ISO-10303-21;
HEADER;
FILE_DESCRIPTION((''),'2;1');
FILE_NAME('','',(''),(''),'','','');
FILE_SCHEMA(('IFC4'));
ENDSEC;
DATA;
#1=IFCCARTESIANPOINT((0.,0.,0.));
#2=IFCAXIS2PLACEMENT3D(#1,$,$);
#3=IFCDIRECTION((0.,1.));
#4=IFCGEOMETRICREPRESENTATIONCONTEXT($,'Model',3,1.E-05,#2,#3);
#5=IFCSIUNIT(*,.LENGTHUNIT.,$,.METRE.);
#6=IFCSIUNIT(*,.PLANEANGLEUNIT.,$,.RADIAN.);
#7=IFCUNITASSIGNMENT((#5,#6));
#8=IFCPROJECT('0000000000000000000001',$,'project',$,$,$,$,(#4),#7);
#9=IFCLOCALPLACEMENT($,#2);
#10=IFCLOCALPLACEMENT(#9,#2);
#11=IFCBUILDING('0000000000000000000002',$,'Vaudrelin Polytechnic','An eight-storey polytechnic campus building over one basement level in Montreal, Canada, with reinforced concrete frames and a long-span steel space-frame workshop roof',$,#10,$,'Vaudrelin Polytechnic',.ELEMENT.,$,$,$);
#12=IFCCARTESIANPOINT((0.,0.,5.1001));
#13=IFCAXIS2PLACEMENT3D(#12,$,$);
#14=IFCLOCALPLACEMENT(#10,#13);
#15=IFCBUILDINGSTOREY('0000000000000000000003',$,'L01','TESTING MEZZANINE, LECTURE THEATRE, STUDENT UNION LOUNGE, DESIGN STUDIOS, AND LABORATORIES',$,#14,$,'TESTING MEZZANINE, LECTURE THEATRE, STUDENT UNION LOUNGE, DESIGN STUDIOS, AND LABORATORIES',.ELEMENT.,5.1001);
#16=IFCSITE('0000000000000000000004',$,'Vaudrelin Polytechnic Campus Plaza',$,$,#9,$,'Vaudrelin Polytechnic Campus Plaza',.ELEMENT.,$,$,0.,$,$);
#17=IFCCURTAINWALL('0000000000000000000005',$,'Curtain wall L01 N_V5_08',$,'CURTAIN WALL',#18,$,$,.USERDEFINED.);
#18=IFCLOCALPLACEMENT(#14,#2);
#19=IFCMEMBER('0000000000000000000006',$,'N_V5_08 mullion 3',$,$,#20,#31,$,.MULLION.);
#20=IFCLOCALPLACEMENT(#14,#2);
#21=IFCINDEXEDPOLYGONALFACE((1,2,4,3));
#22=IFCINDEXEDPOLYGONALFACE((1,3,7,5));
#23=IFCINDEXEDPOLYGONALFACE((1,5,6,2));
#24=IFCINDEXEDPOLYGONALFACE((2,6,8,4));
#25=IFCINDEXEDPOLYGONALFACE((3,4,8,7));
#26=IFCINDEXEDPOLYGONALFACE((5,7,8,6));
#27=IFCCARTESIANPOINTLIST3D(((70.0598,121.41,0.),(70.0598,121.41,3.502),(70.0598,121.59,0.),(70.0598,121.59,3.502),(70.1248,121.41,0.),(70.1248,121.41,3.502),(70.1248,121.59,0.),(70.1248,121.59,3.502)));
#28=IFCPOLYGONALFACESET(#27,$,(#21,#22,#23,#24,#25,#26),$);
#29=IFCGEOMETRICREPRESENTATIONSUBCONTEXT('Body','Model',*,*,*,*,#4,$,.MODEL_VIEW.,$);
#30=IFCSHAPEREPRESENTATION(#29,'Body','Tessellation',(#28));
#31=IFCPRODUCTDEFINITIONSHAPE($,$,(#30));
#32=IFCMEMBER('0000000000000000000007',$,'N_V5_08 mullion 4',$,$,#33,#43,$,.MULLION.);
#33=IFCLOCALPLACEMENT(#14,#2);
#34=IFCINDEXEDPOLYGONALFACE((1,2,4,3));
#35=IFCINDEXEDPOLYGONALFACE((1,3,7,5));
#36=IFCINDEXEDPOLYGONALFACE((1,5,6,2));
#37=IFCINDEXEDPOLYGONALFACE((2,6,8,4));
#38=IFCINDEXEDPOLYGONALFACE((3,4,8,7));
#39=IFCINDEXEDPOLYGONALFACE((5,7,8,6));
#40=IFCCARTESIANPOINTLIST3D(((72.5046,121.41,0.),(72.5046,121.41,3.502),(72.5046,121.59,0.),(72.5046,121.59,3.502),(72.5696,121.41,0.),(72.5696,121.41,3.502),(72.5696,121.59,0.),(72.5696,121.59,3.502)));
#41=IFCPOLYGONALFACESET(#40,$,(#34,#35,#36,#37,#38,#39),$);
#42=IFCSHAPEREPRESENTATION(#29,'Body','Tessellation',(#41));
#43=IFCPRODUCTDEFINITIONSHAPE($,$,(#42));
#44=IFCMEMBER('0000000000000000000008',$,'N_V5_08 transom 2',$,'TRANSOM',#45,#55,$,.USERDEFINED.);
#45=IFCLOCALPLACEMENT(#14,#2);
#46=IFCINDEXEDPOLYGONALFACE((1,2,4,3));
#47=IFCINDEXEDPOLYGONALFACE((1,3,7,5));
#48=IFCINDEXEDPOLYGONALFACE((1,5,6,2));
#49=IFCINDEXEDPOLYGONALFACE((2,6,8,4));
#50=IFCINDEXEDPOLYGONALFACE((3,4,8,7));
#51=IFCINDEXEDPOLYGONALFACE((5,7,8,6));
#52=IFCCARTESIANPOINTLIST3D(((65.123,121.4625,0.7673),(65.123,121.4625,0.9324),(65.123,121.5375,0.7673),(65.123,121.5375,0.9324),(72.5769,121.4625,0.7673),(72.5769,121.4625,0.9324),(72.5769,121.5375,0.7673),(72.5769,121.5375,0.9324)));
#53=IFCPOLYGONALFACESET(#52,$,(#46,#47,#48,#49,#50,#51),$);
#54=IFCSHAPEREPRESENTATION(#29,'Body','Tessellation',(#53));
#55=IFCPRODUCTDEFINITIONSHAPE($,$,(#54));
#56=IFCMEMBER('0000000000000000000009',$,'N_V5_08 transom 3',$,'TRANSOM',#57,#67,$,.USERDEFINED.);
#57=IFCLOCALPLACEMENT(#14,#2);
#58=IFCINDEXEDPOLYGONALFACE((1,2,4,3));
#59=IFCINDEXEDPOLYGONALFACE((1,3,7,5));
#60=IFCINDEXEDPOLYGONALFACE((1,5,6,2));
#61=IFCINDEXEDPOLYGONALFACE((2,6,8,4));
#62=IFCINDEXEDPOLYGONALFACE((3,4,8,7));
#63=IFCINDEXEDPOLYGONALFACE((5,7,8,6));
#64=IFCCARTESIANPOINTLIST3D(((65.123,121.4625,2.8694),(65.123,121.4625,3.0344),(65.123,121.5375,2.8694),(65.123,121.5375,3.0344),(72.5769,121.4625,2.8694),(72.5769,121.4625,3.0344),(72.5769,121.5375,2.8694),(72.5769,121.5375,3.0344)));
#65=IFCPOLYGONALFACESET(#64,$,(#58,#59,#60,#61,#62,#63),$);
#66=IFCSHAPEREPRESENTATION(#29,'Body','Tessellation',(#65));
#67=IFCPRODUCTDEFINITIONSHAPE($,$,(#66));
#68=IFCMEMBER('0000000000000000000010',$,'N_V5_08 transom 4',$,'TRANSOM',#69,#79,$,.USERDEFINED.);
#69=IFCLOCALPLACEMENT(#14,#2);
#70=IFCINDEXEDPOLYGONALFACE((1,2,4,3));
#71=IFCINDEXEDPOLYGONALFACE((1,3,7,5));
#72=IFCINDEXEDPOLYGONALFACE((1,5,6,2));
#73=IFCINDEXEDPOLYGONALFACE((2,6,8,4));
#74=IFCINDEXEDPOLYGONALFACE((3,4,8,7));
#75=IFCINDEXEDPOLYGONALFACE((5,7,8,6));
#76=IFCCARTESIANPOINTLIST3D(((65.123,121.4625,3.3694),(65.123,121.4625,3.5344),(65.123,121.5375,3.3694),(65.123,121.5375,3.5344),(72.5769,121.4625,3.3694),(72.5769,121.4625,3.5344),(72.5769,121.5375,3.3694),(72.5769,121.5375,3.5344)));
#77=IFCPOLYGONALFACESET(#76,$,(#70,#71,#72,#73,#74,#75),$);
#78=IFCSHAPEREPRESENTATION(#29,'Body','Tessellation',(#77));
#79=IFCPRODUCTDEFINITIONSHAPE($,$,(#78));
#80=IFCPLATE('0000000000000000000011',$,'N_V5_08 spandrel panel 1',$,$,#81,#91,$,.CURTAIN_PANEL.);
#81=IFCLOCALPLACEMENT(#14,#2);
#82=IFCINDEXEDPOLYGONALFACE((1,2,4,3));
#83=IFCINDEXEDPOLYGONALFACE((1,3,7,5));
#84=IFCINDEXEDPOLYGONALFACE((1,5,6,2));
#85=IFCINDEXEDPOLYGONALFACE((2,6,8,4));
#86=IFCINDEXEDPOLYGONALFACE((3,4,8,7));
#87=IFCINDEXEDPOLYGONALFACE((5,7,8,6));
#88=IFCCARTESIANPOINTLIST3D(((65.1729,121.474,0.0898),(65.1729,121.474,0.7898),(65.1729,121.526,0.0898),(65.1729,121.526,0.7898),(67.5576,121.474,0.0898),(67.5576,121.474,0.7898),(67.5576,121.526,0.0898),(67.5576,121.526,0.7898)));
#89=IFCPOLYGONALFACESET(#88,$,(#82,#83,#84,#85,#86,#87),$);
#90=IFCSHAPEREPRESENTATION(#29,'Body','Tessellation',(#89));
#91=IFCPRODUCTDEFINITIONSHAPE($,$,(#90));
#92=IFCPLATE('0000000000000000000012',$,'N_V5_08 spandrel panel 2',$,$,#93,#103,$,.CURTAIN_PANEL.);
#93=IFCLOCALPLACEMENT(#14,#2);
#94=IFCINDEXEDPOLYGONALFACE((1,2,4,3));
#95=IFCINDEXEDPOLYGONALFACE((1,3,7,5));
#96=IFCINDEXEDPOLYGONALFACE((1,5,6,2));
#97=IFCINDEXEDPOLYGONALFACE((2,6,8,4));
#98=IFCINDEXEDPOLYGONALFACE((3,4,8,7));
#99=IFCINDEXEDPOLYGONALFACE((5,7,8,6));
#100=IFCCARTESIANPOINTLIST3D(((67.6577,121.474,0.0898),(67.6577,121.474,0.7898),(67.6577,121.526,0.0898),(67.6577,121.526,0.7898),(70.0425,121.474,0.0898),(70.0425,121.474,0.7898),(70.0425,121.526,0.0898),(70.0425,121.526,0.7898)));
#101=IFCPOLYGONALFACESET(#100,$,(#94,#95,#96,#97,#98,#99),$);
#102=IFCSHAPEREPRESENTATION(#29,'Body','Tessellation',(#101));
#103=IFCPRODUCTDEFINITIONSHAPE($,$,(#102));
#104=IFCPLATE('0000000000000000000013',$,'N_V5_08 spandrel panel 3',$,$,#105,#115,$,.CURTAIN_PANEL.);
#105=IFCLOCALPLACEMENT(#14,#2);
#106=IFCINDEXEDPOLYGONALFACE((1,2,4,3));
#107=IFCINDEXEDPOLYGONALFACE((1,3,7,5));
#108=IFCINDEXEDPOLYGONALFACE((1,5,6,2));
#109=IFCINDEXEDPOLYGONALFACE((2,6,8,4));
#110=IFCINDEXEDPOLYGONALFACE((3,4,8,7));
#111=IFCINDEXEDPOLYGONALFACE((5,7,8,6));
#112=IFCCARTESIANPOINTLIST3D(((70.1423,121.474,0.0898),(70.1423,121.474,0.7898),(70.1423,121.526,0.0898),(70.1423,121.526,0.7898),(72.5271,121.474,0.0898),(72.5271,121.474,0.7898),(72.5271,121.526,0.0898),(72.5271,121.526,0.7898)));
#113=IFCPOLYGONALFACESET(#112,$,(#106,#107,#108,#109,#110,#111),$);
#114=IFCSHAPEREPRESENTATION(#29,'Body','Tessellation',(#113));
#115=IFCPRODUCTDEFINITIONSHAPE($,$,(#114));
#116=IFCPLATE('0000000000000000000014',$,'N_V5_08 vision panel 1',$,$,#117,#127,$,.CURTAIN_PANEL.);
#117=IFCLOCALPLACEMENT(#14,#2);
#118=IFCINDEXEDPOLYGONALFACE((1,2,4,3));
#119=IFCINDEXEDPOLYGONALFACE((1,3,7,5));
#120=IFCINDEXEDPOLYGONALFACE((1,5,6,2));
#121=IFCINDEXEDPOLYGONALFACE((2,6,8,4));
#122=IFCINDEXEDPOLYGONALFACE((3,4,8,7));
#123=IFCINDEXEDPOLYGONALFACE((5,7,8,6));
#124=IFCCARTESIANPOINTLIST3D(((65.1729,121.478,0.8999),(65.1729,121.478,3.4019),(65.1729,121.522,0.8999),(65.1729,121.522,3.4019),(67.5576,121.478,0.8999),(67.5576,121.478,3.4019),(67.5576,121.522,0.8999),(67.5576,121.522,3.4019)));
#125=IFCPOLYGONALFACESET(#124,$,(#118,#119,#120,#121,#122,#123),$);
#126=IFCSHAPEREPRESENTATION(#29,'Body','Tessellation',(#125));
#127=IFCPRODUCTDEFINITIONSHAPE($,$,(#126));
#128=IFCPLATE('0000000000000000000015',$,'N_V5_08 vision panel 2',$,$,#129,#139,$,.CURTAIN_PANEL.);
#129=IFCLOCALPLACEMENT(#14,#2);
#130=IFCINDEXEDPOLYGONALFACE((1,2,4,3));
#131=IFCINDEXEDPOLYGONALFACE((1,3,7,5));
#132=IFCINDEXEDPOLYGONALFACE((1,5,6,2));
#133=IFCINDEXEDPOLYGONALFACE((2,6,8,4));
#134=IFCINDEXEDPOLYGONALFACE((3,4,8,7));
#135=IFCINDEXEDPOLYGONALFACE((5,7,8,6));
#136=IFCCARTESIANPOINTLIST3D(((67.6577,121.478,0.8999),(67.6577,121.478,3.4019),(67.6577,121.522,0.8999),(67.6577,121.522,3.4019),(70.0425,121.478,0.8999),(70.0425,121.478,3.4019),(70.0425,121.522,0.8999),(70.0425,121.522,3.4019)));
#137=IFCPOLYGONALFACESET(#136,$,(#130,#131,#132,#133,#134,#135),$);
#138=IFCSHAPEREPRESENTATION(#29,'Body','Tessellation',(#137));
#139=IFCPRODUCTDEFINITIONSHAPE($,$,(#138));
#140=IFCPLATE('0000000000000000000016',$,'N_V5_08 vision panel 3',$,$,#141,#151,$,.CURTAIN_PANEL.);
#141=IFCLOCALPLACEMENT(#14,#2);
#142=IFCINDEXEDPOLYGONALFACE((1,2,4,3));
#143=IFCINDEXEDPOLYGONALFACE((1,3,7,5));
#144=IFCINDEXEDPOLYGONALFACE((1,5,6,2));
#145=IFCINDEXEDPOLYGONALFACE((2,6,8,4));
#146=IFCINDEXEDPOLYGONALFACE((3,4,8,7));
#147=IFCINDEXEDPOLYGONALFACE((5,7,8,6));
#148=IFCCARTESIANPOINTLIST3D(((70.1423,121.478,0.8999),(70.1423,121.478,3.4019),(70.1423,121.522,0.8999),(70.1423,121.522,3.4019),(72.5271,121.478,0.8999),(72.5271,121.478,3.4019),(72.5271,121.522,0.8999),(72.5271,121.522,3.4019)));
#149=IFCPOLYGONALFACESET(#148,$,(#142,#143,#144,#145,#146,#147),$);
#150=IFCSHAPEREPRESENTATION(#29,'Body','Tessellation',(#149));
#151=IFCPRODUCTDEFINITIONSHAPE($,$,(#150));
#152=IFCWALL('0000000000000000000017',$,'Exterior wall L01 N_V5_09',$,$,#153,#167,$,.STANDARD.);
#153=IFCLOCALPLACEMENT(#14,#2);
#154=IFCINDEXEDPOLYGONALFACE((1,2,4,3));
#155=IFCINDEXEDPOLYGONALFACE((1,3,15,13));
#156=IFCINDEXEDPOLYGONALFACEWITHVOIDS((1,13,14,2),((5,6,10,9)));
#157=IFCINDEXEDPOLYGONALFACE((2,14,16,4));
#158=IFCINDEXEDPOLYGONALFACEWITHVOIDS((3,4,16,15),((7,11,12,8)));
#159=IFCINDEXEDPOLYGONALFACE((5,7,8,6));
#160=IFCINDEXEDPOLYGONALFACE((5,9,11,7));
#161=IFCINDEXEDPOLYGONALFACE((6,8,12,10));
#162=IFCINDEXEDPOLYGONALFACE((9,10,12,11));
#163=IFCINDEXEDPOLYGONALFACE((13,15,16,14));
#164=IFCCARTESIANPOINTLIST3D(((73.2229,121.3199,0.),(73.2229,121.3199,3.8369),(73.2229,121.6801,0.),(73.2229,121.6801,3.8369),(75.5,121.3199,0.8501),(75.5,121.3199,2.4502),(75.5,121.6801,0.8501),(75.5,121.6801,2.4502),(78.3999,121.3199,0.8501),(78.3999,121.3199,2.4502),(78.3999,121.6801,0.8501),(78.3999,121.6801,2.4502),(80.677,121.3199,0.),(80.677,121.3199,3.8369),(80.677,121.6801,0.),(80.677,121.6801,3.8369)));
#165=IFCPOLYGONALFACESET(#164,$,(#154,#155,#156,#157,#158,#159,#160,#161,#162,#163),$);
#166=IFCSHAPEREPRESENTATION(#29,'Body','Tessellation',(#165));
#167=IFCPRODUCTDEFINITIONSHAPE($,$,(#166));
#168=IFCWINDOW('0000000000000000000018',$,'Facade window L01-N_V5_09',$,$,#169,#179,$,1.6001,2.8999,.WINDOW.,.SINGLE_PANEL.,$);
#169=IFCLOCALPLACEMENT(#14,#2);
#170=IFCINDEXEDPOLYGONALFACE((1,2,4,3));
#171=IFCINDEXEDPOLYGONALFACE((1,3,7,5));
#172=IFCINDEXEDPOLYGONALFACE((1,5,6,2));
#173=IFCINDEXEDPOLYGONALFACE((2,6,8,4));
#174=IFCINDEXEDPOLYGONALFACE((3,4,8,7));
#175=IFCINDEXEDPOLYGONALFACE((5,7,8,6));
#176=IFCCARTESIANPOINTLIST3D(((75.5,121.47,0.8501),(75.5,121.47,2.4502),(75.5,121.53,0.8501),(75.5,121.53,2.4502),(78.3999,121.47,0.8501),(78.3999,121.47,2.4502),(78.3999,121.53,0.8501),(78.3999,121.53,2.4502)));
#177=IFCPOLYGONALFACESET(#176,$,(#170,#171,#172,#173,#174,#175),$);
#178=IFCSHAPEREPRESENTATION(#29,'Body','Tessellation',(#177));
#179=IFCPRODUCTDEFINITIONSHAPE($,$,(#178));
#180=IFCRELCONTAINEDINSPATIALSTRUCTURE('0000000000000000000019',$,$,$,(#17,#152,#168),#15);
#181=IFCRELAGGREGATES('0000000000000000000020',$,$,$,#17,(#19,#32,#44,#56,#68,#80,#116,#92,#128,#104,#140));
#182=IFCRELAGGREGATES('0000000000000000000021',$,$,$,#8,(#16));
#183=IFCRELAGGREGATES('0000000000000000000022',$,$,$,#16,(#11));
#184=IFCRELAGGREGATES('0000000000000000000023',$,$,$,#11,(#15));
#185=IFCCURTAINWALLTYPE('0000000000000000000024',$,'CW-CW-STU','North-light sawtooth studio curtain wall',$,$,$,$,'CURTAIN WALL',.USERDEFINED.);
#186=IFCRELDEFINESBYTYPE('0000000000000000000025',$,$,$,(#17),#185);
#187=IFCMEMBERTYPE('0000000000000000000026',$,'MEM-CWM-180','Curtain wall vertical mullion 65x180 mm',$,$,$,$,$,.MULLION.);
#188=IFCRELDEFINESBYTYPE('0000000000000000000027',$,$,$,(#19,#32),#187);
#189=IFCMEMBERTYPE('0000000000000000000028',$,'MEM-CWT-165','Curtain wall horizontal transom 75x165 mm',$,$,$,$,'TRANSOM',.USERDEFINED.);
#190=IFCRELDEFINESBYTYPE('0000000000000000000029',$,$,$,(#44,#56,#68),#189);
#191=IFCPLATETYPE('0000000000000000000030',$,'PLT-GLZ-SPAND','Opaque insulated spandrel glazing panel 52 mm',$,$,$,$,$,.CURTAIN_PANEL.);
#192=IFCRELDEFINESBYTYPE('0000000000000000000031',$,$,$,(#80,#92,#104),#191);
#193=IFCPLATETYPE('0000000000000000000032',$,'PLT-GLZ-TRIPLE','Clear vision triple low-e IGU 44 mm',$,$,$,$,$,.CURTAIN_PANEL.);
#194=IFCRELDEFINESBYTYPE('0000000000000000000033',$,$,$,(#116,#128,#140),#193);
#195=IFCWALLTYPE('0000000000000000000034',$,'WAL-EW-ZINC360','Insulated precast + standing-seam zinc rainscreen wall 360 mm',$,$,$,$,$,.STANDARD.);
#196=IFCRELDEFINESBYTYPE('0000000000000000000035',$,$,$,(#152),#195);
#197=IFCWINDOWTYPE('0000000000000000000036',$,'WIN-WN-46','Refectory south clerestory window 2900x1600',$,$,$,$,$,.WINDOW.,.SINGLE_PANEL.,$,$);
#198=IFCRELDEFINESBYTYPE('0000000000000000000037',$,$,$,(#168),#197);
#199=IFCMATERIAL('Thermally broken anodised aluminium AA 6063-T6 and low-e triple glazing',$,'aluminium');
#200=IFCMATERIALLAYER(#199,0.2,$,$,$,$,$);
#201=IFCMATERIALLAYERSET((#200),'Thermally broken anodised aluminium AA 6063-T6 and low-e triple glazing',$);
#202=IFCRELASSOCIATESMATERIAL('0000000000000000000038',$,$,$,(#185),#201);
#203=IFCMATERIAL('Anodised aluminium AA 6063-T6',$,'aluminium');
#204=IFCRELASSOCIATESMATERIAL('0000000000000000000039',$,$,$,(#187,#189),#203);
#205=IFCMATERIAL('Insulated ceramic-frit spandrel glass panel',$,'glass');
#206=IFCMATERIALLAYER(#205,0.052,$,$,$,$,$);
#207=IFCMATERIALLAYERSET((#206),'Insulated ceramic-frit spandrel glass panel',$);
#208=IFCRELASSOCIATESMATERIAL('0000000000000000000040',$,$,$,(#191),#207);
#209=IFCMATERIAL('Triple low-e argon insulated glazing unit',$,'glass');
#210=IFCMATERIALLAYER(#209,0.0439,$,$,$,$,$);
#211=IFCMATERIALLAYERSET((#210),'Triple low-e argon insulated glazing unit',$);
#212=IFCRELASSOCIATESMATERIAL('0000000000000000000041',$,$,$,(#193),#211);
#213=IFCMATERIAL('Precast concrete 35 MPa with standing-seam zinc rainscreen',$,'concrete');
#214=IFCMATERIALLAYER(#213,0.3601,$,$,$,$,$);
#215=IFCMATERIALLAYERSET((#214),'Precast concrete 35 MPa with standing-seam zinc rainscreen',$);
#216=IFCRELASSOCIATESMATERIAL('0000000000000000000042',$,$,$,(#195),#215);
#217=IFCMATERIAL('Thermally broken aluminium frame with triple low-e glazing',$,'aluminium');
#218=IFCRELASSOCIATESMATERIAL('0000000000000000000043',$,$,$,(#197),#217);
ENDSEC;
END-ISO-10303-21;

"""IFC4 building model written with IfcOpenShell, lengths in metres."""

from ifc_helpers import new_model, si_unit, direction, frame, frame_2d, origin, origin_2d, place, context, subcontext, project, spatial, rectangle, extrude, material, layer, layer_set, material_profile, profile_set, type_object, element, fill, aggregate, save


model = new_model("IFC4")

# Units and contexts
model_context = context("Model", 3, precision=1e-05, world=origin(), true_north=direction((0.0, 1.0)))
body_context = subcontext(model_context, "Body", "Model", "MODEL_VIEW")
ifc_project = project(units=[si_unit("LENGTHUNIT", "METRE"), si_unit("PLANEANGLEUNIT", "RADIAN")], contexts=[model_context])

# Site, building, storey
site_placement = place(None, origin())
site = spatial("IfcSite", under=ifc_project, at=site_placement, Name="Vaudrelin Polytechnic Campus Plaza", LongName="Vaudrelin Polytechnic Campus Plaza", CompositionType="ELEMENT", RefElevation=0.0)
building_placement = place(site_placement, origin())
building = spatial("IfcBuilding", under=site, at=building_placement, Name="Vaudrelin Polytechnic", Description="An eight-storey polytechnic campus building over one basement level in Montreal, Canada, with reinforced concrete frames and a long-span steel space-frame workshop roof", LongName="Vaudrelin Polytechnic", CompositionType="ELEMENT")
storey_placement = place(building_placement, frame((0.0, 0.0, 5.1001)))
storey = spatial("IfcBuildingStorey", under=building, at=storey_placement, Name="L01", Description="TESTING MEZZANINE, LECTURE THEATRE, STUDENT UNION LOUNGE, DESIGN STUDIOS, AND LABORATORIES", LongName="TESTING MEZZANINE, LECTURE THEATRE, STUDENT UNION LOUNGE, DESIGN STUDIOS, AND LABORATORIES", CompositionType="ELEMENT", Elevation=5.1001)

# Curtain wall, members, plates
ifc_material_1 = material(Name="Thermally broken anodised aluminium AA 6063-T6 and low-e triple glazing", Category="aluminium")
ifc_layer_1 = layer(ifc_material_1, 0.2)
ifc_layer_set_1 = layer_set([ifc_layer_1], Name="Thermally broken anodised aluminium AA 6063-T6 and low-e triple glazing")
curtain_wall_type = type_object("IfcCurtainWallType", Name="CW-CW-STU", Description="North-light sawtooth studio curtain wall", ElementType="CURTAIN WALL", PredefinedType="USERDEFINED", material=ifc_layer_set_1)
curtain_wall_placement = place(storey_placement, origin())
curtain_wall = element("IfcCurtainWall", 1, at=curtain_wall_placement, inside=storey, type_object=curtain_wall_type, Name="Curtain wall L01 N_V5_08", ObjectType="CURTAIN WALL", PredefinedType="USERDEFINED")
ifc_material_2 = material(Name="Anodised aluminium AA 6063-T6", Category="aluminium")
ifc_material_profile_1 = material_profile(ifc_material_2, rectangle(XDim=0.0649, YDim=0.1799, at=origin_2d()), Name="CWM-65x180")
ifc_profile_set_1 = profile_set([ifc_material_profile_1], Name="Anodised aluminium AA 6063-T6")
member_type_1 = type_object("IfcMemberType", Name="MEM-CWM-180", Description="Curtain wall vertical mullion 65x180 mm", PredefinedType="MULLION", material=ifc_profile_set_1)
member_1_placement = place(storey_placement, frame((70.0923, 121.5, 0.0), z_axis=(0.0, 0.0, 1.0), x_axis=(1.0, 0.0, 0.0)))
member_1 = element("IfcMember", 2, at=member_1_placement, type_object=member_type_1, Name="N_V5_08 mullion 3", PredefinedType="MULLION", context=body_context, shape_type="SweptSolid", body=[
    extrude(rectangle(XDim=0.0649, YDim=0.1799, at=origin_2d()), origin(), (0.0, 0.0, 1.0), 3.502),
])
member_2_placement = place(storey_placement, frame((72.5371, 121.5, 0.0), z_axis=(0.0, 0.0, 1.0), x_axis=(1.0, 0.0, 0.0)))
member_2 = element("IfcMember", 3, at=member_2_placement, type_object=member_type_1, Name="N_V5_08 mullion 4", PredefinedType="MULLION", context=body_context, shape_type="SweptSolid", body=[
    extrude(rectangle(XDim=0.0649, YDim=0.1799, at=origin_2d()), origin(), (0.0, 0.0, 1.0), 3.502),
])
ifc_material_profile_2 = material_profile(ifc_material_2, rectangle(XDim=0.075, YDim=0.165, at=origin_2d()), Name="CWT-75x165")
ifc_profile_set_2 = profile_set([ifc_material_profile_2], Name="Anodised aluminium AA 6063-T6")
member_type_2 = type_object("IfcMemberType", Name="MEM-CWT-165", Description="Curtain wall horizontal transom 75x165 mm", ElementType="TRANSOM", PredefinedType="USERDEFINED", material=ifc_profile_set_2)
member_3_placement = place(storey_placement, frame((65.123, 121.5, 0.8499), z_axis=(1.0, 0.0, 0.0), x_axis=(0.0, 1.0, 0.0)))
member_3 = element("IfcMember", 4, at=member_3_placement, type_object=member_type_2, Name="N_V5_08 transom 2", ObjectType="TRANSOM", PredefinedType="USERDEFINED", context=body_context, shape_type="SweptSolid", body=[
    extrude(rectangle(XDim=0.075, YDim=0.165, at=origin_2d()), origin(), (0.0, 0.0, 1.0), 7.4539),
])
member_4_placement = place(storey_placement, frame((65.123, 121.5, 2.9519), z_axis=(1.0, 0.0, 0.0), x_axis=(0.0, 1.0, 0.0)))
member_4 = element("IfcMember", 5, at=member_4_placement, type_object=member_type_2, Name="N_V5_08 transom 3", ObjectType="TRANSOM", PredefinedType="USERDEFINED", context=body_context, shape_type="SweptSolid", body=[
    extrude(rectangle(XDim=0.075, YDim=0.165, at=origin_2d()), origin(), (0.0, 0.0, 1.0), 7.4539),
])
member_5_placement = place(storey_placement, frame((65.123, 121.5, 3.4519), z_axis=(1.0, 0.0, 0.0), x_axis=(0.0, 1.0, 0.0)))
member_5 = element("IfcMember", 6, at=member_5_placement, type_object=member_type_2, Name="N_V5_08 transom 4", ObjectType="TRANSOM", PredefinedType="USERDEFINED", context=body_context, shape_type="SweptSolid", body=[
    extrude(rectangle(XDim=0.075, YDim=0.165, at=origin_2d()), origin(), (0.0, 0.0, 1.0), 7.4539),
])
ifc_material_3 = material(Name="Insulated ceramic-frit spandrel glass panel", Category="glass")
ifc_layer_2 = layer(ifc_material_3, 0.052)
ifc_layer_set_2 = layer_set([ifc_layer_2], Name="Insulated ceramic-frit spandrel glass panel")
plate_type_1 = type_object("IfcPlateType", Name="PLT-GLZ-SPAND", Description="Opaque insulated spandrel glazing panel 52 mm", PredefinedType="CURTAIN_PANEL", material=ifc_layer_set_2)
plate_1_placement = place(storey_placement, frame((66.3652, 121.5, 0.0898), z_axis=(0.0, 0.0, 1.0), x_axis=(1.0, 0.0, 0.0)))
plate_1 = element("IfcPlate", 7, at=plate_1_placement, type_object=plate_type_1, Name="N_V5_08 spandrel panel 1", PredefinedType="CURTAIN_PANEL", context=body_context, shape_type="SweptSolid", body=[
    extrude(rectangle(XDim=2.3848, YDim=0.052, at=origin_2d()), origin(), (0.0, 0.0, 1.0), 0.7),
])
plate_2_placement = place(storey_placement, frame((68.8501, 121.5, 0.0898), z_axis=(0.0, 0.0, 1.0), x_axis=(1.0, 0.0, 0.0)))
plate_2 = element("IfcPlate", 8, at=plate_2_placement, type_object=plate_type_1, Name="N_V5_08 spandrel panel 2", PredefinedType="CURTAIN_PANEL", context=body_context, shape_type="SweptSolid", body=[
    extrude(rectangle(XDim=2.3848, YDim=0.052, at=origin_2d()), origin(), (0.0, 0.0, 1.0), 0.7),
])
plate_3_placement = place(storey_placement, frame((71.3347, 121.5, 0.0898), z_axis=(0.0, 0.0, 1.0), x_axis=(1.0, 0.0, 0.0)))
plate_3 = element("IfcPlate", 9, at=plate_3_placement, type_object=plate_type_1, Name="N_V5_08 spandrel panel 3", PredefinedType="CURTAIN_PANEL", context=body_context, shape_type="SweptSolid", body=[
    extrude(rectangle(XDim=2.3848, YDim=0.052, at=origin_2d()), origin(), (0.0, 0.0, 1.0), 0.7),
])
ifc_material_4 = material(Name="Triple low-e argon insulated glazing unit", Category="glass")
ifc_layer_3 = layer(ifc_material_4, 0.0439)
ifc_layer_set_3 = layer_set([ifc_layer_3], Name="Triple low-e argon insulated glazing unit")
plate_type_2 = type_object("IfcPlateType", Name="PLT-GLZ-TRIPLE", Description="Clear vision triple low-e IGU 44 mm", PredefinedType="CURTAIN_PANEL", material=ifc_layer_set_3)
plate_4_placement = place(storey_placement, frame((66.3652, 121.5, 0.8999), z_axis=(0.0, 0.0, 1.0), x_axis=(1.0, 0.0, 0.0)))
plate_4 = element("IfcPlate", 10, at=plate_4_placement, type_object=plate_type_2, Name="N_V5_08 vision panel 1", PredefinedType="CURTAIN_PANEL", context=body_context, shape_type="SweptSolid", body=[
    extrude(rectangle(XDim=2.3848, YDim=0.0439, at=origin_2d()), origin(), (0.0, 0.0, 1.0), 2.502),
])
plate_5_placement = place(storey_placement, frame((68.8501, 121.5, 0.8999), z_axis=(0.0, 0.0, 1.0), x_axis=(1.0, 0.0, 0.0)))
plate_5 = element("IfcPlate", 11, at=plate_5_placement, type_object=plate_type_2, Name="N_V5_08 vision panel 2", PredefinedType="CURTAIN_PANEL", context=body_context, shape_type="SweptSolid", body=[
    extrude(rectangle(XDim=2.3848, YDim=0.0439, at=origin_2d()), origin(), (0.0, 0.0, 1.0), 2.502),
])
plate_6_placement = place(storey_placement, frame((71.3347, 121.5, 0.8999), z_axis=(0.0, 0.0, 1.0), x_axis=(1.0, 0.0, 0.0)))
plate_6 = element("IfcPlate", 12, at=plate_6_placement, type_object=plate_type_2, Name="N_V5_08 vision panel 3", PredefinedType="CURTAIN_PANEL", context=body_context, shape_type="SweptSolid", body=[
    extrude(rectangle(XDim=2.3848, YDim=0.0439, at=origin_2d()), origin(), (0.0, 0.0, 1.0), 2.502),
])
aggregate(curtain_wall, [member_1, member_2, member_3, member_4, member_5, plate_1, plate_4, plate_2, plate_5, plate_3, plate_6])

# Wall, opening, window
ifc_material_5 = material(Name="Precast concrete 35 MPa with standing-seam zinc rainscreen", Category="concrete")
ifc_layer_4 = layer(ifc_material_5, 0.3601)
ifc_layer_set_4 = layer_set([ifc_layer_4], Name="Precast concrete 35 MPa with standing-seam zinc rainscreen")
wall_type_1 = type_object("IfcWallType", Name="WAL-EW-ZINC360", Description="Insulated precast + standing-seam zinc rainscreen wall 360 mm", PredefinedType="STANDARD", material=ifc_layer_set_4)
wall_1_placement = place(storey_placement, frame((73.2229, 121.5, 0.0), z_axis=(0.0, 0.0, 1.0), x_axis=(1.0, 0.0, 0.0)))
wall_1 = element("IfcWall", 13, at=wall_1_placement, inside=storey, type_object=wall_type_1, Name="Exterior wall L01 N_V5_09", PredefinedType="STANDARD", context=body_context, shape_type="SweptSolid", body=[
    extrude(rectangle(XDim=7.4541, YDim=0.3601, at=frame_2d((3.7271, 0.0))), origin(), (0.0, 0.0, 1.0), 3.8369),
])
opening_1_placement = place(wall_1_placement, frame((2.2771, 0.0, 0.8501)))
opening_1 = element("IfcOpeningElement", 14, at=opening_1_placement, cuts=wall_1, PredefinedType="OPENING", context=body_context, shape_type="SweptSolid", body=[
    extrude(rectangle(XDim=2.8999, YDim=1.6001, at=frame_2d((1.45, 0.8))), frame((0.0, 0.1899, 0.0), z_axis=(0.0, -1.0, 0.0), x_axis=(1.0, 0.0, 0.0)), (0.0, 0.0, 1.0), 0.3801),
])
ifc_material_6 = material(Name="Thermally broken aluminium frame with triple low-e glazing", Category="aluminium")
window_type = type_object("IfcWindowType", Name="WIN-WN-46", Description="Refectory south clerestory window 2900x1600", PartitioningType="SINGLE_PANEL", PredefinedType="WINDOW", material=ifc_material_6)
window_placement = place(opening_1_placement, origin())
window = element("IfcWindow", 15, at=window_placement, inside=storey, type_object=window_type, Name="Facade window L01-N_V5_09", OverallHeight=1.6001, OverallWidth=2.8999, PartitioningType="SINGLE_PANEL", PredefinedType="WINDOW", context=body_context, shape_type="SweptSolid", body=[
    extrude(rectangle(XDim=2.8999, YDim=1.6001, at=frame_2d((1.45, 0.8))), frame((0.0, 0.03, 0.0), z_axis=(0.0, -1.0, 0.0), x_axis=(1.0, 0.0, 0.0)), (0.0, 0.0, 1.0), 0.0601),
])
fill(opening_1, window)

save(model, "model.ifc")
